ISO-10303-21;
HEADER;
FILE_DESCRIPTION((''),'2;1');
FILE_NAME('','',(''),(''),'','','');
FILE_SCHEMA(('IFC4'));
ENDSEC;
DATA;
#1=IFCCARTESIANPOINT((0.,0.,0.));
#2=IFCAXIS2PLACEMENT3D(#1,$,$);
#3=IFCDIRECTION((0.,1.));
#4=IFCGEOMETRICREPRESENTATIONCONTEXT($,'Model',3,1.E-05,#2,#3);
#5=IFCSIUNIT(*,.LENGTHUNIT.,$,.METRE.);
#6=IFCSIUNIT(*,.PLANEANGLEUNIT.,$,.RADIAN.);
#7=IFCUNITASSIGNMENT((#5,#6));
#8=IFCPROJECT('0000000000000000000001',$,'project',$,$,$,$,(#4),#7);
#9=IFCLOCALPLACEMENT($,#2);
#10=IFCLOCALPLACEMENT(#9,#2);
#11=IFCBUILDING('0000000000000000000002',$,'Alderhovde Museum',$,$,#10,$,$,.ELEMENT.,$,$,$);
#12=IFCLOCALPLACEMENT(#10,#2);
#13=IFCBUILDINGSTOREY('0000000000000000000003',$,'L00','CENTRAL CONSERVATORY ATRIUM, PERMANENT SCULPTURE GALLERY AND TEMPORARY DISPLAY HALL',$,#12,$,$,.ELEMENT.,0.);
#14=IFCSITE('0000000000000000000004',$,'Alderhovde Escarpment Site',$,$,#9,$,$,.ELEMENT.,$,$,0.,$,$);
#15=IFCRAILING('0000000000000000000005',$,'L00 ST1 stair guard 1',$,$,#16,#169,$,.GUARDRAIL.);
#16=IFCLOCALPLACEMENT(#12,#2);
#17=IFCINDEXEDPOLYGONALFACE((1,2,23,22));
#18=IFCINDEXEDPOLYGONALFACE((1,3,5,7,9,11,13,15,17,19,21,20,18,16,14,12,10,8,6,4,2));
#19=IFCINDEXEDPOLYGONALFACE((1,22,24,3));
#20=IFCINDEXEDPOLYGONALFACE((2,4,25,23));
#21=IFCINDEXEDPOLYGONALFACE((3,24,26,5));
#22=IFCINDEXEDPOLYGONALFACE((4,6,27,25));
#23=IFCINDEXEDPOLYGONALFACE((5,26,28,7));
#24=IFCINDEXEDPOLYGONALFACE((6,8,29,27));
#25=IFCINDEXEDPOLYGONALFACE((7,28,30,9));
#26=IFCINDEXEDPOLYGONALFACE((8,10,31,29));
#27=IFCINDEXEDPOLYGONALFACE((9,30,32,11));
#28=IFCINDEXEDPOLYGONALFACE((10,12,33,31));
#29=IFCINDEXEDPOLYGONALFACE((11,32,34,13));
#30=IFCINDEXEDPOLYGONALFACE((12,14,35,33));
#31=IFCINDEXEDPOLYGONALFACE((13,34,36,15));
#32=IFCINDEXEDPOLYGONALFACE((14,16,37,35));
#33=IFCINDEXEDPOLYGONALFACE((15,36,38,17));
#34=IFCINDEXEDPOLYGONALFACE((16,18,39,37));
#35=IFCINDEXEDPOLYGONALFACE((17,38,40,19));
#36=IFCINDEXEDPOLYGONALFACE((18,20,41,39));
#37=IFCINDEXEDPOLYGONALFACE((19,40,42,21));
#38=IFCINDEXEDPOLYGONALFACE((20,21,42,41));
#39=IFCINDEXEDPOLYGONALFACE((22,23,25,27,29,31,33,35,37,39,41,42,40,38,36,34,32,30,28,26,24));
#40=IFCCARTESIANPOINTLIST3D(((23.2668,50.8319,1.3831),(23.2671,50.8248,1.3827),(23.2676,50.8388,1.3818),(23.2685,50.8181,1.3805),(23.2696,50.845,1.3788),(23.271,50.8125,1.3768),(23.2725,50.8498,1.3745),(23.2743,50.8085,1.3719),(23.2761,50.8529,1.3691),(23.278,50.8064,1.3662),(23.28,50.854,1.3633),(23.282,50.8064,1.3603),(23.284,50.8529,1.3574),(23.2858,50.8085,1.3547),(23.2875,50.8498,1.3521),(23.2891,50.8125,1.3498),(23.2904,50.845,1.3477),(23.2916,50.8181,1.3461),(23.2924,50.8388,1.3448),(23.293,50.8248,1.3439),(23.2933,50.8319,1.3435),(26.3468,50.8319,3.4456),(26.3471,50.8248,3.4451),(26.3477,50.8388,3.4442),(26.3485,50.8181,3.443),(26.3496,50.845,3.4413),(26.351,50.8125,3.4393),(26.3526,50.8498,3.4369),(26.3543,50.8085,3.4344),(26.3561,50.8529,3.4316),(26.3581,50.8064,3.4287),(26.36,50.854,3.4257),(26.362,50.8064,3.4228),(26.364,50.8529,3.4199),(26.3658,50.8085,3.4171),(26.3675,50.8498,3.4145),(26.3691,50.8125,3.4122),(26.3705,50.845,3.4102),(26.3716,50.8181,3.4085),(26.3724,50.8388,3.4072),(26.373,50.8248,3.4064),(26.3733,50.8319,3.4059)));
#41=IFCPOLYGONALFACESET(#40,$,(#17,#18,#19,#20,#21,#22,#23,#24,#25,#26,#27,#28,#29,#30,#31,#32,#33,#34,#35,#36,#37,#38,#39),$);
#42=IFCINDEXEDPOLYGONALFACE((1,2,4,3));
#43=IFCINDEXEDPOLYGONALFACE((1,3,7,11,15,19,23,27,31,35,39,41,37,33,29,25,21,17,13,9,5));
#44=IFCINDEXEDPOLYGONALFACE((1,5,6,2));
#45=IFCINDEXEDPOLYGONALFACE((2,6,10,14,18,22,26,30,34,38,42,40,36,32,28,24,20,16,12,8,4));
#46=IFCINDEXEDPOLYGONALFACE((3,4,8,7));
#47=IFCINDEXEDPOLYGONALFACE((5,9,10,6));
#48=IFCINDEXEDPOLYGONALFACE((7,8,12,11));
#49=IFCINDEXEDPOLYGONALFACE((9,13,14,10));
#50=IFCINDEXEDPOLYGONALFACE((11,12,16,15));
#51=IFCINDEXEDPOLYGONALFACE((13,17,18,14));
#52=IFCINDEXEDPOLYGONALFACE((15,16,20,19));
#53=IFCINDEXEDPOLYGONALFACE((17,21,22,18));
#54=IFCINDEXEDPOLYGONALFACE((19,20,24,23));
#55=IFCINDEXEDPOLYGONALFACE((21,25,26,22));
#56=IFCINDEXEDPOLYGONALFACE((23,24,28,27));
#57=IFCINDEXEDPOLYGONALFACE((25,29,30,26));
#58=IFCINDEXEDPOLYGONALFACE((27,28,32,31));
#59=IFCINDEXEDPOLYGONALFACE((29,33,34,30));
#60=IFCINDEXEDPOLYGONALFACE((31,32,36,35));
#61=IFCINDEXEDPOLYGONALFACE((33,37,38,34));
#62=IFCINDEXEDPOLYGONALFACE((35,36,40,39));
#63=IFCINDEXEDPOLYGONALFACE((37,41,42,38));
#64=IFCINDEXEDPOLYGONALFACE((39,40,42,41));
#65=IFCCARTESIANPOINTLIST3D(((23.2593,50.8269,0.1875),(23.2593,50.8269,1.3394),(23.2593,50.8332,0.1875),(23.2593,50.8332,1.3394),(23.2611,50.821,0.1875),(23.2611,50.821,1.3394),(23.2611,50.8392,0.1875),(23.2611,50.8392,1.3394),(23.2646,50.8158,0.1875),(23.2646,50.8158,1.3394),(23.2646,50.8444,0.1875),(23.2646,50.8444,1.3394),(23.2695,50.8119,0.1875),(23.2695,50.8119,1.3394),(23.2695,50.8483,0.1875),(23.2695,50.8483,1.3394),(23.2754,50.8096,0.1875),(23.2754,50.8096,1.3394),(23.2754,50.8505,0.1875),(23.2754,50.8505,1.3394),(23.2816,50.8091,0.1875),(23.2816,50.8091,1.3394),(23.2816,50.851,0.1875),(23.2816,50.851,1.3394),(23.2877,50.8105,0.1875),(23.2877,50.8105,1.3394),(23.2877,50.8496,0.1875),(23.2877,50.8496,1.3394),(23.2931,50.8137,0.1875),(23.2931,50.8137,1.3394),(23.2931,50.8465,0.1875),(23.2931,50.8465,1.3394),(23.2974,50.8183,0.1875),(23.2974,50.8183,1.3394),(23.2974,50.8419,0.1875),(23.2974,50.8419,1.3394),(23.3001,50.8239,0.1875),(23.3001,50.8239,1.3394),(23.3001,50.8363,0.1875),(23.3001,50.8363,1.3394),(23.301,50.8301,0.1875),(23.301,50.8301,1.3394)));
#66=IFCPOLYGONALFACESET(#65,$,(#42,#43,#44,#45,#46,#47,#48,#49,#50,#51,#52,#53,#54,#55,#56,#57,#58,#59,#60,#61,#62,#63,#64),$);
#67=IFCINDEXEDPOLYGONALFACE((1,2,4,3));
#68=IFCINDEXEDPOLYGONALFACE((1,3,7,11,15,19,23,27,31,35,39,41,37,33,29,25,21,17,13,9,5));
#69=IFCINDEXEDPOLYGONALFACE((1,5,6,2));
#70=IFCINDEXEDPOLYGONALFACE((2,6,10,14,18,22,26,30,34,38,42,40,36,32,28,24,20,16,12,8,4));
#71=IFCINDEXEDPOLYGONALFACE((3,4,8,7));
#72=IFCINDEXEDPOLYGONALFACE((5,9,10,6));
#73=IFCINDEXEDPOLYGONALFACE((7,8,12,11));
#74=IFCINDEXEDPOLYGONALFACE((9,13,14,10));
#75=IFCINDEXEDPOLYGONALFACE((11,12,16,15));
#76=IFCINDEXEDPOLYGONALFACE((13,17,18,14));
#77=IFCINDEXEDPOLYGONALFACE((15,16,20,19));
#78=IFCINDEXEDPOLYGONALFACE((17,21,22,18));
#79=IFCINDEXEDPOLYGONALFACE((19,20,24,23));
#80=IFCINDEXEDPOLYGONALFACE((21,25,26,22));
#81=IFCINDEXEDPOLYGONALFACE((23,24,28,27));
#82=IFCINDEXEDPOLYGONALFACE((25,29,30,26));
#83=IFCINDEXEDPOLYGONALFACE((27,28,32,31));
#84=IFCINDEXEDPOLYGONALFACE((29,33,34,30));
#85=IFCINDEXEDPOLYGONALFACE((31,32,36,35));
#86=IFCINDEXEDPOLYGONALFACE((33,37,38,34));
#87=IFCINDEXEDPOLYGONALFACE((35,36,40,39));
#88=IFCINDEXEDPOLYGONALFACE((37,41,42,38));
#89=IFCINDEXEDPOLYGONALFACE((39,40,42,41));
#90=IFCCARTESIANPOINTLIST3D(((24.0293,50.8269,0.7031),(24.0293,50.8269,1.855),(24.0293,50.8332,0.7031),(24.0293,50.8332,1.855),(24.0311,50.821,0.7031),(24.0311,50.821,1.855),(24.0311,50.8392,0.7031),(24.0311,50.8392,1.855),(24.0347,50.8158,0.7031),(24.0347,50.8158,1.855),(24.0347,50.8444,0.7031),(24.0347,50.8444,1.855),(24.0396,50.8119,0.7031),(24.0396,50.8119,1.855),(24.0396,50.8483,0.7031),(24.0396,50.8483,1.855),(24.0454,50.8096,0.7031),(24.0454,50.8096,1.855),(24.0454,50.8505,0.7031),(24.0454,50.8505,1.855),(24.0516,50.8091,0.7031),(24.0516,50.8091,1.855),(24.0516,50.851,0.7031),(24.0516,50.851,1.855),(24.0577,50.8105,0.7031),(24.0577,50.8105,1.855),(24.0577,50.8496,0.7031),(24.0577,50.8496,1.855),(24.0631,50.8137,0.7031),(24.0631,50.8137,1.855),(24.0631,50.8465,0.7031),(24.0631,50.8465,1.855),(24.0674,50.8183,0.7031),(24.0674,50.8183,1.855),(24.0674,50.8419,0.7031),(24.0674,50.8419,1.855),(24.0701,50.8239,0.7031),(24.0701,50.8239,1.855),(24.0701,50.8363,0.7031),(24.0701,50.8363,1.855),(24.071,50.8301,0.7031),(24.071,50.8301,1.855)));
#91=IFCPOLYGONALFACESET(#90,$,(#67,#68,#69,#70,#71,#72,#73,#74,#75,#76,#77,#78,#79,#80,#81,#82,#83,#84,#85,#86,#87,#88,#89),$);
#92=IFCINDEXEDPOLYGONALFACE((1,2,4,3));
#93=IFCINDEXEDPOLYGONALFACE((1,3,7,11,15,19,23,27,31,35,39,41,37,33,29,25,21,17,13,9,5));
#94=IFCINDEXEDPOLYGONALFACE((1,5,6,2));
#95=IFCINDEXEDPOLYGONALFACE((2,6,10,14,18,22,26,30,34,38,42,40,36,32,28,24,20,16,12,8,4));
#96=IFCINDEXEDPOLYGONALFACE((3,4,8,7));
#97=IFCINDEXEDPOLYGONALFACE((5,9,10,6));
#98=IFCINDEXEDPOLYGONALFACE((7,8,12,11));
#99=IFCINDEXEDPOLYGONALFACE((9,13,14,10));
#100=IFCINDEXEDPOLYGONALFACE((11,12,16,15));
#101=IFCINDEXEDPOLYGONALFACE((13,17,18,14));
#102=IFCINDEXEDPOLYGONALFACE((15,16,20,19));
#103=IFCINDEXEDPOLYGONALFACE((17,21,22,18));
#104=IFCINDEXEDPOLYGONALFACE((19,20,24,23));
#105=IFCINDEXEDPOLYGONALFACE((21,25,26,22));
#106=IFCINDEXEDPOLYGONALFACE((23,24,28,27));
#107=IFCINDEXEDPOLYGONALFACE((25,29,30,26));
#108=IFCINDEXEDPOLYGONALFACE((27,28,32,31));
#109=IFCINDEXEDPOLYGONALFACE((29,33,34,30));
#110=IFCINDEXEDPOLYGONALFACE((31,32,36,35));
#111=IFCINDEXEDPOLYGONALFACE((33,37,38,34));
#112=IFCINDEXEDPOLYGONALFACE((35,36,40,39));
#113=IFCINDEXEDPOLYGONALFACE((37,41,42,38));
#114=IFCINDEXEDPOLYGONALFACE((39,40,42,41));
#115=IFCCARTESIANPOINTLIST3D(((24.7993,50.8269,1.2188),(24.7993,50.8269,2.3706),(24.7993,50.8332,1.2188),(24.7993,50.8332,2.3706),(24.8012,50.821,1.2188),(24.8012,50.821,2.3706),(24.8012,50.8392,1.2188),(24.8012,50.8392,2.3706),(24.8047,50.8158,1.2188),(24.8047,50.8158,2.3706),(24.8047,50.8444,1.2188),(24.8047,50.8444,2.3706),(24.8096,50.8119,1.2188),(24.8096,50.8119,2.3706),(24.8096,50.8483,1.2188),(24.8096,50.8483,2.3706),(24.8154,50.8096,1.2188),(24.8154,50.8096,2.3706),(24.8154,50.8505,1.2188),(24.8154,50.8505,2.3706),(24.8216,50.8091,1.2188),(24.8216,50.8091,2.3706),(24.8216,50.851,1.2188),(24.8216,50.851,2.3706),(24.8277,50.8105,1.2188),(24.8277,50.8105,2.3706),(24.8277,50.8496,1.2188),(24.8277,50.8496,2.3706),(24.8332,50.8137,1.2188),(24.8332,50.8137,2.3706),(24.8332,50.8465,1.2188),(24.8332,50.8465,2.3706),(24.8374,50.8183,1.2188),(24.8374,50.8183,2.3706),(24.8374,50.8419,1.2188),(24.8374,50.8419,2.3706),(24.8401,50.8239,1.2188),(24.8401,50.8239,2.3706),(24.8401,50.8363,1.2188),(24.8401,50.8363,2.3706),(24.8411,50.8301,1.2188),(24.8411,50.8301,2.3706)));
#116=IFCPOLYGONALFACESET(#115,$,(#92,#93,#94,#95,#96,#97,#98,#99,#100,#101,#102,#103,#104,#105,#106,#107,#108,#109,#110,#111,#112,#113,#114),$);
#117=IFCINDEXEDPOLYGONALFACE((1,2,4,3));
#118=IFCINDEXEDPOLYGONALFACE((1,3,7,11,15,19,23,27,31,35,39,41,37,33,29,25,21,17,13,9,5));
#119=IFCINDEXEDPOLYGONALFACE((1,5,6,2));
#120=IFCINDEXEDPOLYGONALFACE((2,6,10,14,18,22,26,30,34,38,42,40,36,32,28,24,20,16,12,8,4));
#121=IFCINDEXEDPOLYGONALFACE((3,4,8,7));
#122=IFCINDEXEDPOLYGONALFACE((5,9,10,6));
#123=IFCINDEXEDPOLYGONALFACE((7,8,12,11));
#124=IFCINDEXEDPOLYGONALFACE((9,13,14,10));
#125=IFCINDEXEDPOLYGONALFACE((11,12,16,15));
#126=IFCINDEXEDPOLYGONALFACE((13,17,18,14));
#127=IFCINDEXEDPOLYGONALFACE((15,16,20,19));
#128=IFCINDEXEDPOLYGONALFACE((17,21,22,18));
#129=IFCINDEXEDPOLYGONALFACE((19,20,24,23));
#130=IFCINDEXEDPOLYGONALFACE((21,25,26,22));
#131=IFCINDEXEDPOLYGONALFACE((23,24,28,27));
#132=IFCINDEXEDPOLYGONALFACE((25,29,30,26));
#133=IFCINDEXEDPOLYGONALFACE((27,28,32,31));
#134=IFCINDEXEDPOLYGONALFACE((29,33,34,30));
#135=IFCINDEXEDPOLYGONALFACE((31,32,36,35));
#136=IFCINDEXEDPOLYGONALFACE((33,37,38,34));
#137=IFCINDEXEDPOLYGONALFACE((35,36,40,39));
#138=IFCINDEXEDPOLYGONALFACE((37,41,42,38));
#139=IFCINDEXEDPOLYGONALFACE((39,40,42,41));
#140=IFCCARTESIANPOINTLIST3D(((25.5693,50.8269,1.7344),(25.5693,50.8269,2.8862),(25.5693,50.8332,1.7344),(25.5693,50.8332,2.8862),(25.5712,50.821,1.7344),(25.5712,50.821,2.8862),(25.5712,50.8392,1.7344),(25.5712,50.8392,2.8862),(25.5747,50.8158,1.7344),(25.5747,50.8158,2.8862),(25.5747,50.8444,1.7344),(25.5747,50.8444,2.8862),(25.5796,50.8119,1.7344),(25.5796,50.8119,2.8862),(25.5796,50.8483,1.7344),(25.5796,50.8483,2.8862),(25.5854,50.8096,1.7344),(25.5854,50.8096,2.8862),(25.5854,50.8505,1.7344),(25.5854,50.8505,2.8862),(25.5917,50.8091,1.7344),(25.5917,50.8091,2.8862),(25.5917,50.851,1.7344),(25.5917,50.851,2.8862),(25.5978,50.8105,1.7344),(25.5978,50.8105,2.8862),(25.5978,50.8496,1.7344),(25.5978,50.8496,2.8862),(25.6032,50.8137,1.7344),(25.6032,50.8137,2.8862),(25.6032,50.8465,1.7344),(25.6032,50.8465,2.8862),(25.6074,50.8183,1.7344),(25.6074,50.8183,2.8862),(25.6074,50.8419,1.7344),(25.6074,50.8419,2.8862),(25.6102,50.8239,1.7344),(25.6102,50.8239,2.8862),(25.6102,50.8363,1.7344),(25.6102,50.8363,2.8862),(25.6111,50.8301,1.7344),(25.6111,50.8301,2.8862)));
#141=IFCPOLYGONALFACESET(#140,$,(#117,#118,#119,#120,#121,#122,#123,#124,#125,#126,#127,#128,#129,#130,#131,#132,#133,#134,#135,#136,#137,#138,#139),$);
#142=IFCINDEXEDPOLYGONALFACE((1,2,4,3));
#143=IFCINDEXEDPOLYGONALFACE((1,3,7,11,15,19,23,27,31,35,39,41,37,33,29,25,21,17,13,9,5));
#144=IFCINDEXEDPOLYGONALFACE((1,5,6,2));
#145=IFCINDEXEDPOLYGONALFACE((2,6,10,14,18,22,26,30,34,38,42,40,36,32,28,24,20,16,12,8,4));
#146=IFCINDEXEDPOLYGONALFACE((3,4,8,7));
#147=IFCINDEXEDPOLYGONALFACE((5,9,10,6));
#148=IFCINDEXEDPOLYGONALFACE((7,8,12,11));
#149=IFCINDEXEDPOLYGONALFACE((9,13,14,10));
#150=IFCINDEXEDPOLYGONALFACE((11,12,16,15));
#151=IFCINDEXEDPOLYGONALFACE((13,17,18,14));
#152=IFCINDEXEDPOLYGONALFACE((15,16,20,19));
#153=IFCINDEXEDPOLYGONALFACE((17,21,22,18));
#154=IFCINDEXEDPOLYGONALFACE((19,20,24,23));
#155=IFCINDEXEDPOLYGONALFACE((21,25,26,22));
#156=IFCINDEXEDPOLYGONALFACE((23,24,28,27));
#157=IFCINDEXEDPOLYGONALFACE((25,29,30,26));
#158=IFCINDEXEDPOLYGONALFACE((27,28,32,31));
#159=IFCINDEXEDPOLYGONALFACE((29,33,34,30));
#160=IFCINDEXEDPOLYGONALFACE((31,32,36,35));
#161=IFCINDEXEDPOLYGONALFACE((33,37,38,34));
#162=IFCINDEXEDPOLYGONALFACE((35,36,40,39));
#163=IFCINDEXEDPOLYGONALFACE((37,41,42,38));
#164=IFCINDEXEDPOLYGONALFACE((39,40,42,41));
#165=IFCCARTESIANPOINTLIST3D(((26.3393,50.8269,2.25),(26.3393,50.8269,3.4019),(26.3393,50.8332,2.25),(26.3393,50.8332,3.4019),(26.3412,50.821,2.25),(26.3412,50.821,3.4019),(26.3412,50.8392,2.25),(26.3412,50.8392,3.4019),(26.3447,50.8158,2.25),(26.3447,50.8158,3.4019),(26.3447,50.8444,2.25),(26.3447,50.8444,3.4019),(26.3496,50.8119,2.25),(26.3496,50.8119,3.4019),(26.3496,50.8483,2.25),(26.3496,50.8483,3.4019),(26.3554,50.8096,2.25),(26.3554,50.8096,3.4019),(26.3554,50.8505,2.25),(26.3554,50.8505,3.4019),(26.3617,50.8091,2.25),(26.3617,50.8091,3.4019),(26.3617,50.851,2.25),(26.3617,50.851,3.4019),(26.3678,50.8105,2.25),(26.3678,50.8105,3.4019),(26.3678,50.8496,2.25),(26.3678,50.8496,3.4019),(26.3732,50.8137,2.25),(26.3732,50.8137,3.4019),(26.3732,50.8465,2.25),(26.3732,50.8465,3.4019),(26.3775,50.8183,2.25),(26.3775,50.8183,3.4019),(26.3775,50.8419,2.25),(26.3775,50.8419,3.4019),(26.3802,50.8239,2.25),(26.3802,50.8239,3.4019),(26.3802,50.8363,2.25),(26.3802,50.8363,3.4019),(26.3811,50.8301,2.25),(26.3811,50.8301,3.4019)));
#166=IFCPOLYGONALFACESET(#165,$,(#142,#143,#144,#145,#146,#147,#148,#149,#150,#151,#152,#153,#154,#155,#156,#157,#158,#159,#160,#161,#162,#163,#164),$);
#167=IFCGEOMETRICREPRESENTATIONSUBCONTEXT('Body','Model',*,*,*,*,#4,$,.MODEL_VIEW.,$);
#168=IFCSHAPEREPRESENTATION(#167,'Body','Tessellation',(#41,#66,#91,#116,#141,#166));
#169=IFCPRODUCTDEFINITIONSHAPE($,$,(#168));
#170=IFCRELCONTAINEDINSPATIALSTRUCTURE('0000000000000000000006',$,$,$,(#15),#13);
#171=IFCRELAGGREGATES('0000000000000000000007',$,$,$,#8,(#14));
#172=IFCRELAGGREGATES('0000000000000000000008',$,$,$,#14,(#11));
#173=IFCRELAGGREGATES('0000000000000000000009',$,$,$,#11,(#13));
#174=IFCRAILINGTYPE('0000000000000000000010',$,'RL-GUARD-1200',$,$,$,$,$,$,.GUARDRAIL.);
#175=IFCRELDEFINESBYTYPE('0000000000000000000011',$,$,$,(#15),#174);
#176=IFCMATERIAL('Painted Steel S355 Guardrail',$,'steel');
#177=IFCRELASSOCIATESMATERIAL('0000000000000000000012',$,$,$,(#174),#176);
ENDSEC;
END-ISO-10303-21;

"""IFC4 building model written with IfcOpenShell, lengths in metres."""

from ifc_helpers import new_model, si_unit, direction, frame, origin, origin_2d, place, context, subcontext, project, spatial, circle, extrude, material, type_object, element, save


model = new_model("IFC4")

# Units and contexts
model_context = context("Model", 3, precision=1e-05, world=origin(), true_north=direction((0.0, 1.0)))
body_context = subcontext(model_context, "Body", "Model", "MODEL_VIEW")
ifc_project = project(units=[si_unit("LENGTHUNIT", "METRE"), si_unit("PLANEANGLEUNIT", "RADIAN")], contexts=[model_context])

# Site, building, storey
site_placement = place(None, origin())
site = spatial("IfcSite", under=ifc_project, at=site_placement, Name="Alderhovde Escarpment Site", CompositionType="ELEMENT", RefElevation=0.0)
building_placement = place(site_placement, origin())
building = spatial("IfcBuilding", under=site, at=building_placement, Name="Alderhovde Museum", CompositionType="ELEMENT")
storey_placement = place(building_placement, origin())
storey = spatial("IfcBuildingStorey", under=building, at=storey_placement, Name="L00", Description="CENTRAL CONSERVATORY ATRIUM, PERMANENT SCULPTURE GALLERY AND TEMPORARY DISPLAY HALL", CompositionType="ELEMENT", Elevation=0.0)

# Railing
ifc_material_1 = material(Name="Painted Steel S355 Guardrail", Category="steel")
railing_type_1 = type_object("IfcRailingType", Name="RL-GUARD-1200", PredefinedType="GUARDRAIL", material=ifc_material_1)
railing_1_placement = place(storey_placement, frame((23.28, 50.8301, 0.1875)))
element("IfcRailing", 1, at=railing_1_placement, inside=storey, type_object=railing_type_1, Name="L00 ST1 stair guard 1", PredefinedType="GUARDRAIL", context=body_context, shape_type="SweptSolid", body=[
    extrude(circle(Radius=0.0239, at=origin_2d()), frame((0.0, 0.0, 1.1758), z_axis=(0.830914, 0.0, 0.556401), x_axis=(0.0, 1.0, 0.0)), (0.0, 0.0, 1.0), 3.7068),
    extrude(circle(Radius=0.021, at=origin_2d()), origin(), (0.0, 0.0, 1.0), 1.1519),
    extrude(circle(Radius=0.021, at=origin_2d()), frame((0.77, 0.0, 0.5156)), (0.0, 0.0, 1.0), 1.1519),
    extrude(circle(Radius=0.021, at=origin_2d()), frame((1.54, 0.0, 1.0312)), (0.0, 0.0, 1.0), 1.1519),
    extrude(circle(Radius=0.021, at=origin_2d()), frame((2.3101, 0.0, 1.5469)), (0.0, 0.0, 1.0), 1.1519),
    extrude(circle(Radius=0.021, at=origin_2d()), frame((3.0801, 0.0, 2.0625)), (0.0, 0.0, 1.0), 1.1519),
])

save(model, "model.ifc")
